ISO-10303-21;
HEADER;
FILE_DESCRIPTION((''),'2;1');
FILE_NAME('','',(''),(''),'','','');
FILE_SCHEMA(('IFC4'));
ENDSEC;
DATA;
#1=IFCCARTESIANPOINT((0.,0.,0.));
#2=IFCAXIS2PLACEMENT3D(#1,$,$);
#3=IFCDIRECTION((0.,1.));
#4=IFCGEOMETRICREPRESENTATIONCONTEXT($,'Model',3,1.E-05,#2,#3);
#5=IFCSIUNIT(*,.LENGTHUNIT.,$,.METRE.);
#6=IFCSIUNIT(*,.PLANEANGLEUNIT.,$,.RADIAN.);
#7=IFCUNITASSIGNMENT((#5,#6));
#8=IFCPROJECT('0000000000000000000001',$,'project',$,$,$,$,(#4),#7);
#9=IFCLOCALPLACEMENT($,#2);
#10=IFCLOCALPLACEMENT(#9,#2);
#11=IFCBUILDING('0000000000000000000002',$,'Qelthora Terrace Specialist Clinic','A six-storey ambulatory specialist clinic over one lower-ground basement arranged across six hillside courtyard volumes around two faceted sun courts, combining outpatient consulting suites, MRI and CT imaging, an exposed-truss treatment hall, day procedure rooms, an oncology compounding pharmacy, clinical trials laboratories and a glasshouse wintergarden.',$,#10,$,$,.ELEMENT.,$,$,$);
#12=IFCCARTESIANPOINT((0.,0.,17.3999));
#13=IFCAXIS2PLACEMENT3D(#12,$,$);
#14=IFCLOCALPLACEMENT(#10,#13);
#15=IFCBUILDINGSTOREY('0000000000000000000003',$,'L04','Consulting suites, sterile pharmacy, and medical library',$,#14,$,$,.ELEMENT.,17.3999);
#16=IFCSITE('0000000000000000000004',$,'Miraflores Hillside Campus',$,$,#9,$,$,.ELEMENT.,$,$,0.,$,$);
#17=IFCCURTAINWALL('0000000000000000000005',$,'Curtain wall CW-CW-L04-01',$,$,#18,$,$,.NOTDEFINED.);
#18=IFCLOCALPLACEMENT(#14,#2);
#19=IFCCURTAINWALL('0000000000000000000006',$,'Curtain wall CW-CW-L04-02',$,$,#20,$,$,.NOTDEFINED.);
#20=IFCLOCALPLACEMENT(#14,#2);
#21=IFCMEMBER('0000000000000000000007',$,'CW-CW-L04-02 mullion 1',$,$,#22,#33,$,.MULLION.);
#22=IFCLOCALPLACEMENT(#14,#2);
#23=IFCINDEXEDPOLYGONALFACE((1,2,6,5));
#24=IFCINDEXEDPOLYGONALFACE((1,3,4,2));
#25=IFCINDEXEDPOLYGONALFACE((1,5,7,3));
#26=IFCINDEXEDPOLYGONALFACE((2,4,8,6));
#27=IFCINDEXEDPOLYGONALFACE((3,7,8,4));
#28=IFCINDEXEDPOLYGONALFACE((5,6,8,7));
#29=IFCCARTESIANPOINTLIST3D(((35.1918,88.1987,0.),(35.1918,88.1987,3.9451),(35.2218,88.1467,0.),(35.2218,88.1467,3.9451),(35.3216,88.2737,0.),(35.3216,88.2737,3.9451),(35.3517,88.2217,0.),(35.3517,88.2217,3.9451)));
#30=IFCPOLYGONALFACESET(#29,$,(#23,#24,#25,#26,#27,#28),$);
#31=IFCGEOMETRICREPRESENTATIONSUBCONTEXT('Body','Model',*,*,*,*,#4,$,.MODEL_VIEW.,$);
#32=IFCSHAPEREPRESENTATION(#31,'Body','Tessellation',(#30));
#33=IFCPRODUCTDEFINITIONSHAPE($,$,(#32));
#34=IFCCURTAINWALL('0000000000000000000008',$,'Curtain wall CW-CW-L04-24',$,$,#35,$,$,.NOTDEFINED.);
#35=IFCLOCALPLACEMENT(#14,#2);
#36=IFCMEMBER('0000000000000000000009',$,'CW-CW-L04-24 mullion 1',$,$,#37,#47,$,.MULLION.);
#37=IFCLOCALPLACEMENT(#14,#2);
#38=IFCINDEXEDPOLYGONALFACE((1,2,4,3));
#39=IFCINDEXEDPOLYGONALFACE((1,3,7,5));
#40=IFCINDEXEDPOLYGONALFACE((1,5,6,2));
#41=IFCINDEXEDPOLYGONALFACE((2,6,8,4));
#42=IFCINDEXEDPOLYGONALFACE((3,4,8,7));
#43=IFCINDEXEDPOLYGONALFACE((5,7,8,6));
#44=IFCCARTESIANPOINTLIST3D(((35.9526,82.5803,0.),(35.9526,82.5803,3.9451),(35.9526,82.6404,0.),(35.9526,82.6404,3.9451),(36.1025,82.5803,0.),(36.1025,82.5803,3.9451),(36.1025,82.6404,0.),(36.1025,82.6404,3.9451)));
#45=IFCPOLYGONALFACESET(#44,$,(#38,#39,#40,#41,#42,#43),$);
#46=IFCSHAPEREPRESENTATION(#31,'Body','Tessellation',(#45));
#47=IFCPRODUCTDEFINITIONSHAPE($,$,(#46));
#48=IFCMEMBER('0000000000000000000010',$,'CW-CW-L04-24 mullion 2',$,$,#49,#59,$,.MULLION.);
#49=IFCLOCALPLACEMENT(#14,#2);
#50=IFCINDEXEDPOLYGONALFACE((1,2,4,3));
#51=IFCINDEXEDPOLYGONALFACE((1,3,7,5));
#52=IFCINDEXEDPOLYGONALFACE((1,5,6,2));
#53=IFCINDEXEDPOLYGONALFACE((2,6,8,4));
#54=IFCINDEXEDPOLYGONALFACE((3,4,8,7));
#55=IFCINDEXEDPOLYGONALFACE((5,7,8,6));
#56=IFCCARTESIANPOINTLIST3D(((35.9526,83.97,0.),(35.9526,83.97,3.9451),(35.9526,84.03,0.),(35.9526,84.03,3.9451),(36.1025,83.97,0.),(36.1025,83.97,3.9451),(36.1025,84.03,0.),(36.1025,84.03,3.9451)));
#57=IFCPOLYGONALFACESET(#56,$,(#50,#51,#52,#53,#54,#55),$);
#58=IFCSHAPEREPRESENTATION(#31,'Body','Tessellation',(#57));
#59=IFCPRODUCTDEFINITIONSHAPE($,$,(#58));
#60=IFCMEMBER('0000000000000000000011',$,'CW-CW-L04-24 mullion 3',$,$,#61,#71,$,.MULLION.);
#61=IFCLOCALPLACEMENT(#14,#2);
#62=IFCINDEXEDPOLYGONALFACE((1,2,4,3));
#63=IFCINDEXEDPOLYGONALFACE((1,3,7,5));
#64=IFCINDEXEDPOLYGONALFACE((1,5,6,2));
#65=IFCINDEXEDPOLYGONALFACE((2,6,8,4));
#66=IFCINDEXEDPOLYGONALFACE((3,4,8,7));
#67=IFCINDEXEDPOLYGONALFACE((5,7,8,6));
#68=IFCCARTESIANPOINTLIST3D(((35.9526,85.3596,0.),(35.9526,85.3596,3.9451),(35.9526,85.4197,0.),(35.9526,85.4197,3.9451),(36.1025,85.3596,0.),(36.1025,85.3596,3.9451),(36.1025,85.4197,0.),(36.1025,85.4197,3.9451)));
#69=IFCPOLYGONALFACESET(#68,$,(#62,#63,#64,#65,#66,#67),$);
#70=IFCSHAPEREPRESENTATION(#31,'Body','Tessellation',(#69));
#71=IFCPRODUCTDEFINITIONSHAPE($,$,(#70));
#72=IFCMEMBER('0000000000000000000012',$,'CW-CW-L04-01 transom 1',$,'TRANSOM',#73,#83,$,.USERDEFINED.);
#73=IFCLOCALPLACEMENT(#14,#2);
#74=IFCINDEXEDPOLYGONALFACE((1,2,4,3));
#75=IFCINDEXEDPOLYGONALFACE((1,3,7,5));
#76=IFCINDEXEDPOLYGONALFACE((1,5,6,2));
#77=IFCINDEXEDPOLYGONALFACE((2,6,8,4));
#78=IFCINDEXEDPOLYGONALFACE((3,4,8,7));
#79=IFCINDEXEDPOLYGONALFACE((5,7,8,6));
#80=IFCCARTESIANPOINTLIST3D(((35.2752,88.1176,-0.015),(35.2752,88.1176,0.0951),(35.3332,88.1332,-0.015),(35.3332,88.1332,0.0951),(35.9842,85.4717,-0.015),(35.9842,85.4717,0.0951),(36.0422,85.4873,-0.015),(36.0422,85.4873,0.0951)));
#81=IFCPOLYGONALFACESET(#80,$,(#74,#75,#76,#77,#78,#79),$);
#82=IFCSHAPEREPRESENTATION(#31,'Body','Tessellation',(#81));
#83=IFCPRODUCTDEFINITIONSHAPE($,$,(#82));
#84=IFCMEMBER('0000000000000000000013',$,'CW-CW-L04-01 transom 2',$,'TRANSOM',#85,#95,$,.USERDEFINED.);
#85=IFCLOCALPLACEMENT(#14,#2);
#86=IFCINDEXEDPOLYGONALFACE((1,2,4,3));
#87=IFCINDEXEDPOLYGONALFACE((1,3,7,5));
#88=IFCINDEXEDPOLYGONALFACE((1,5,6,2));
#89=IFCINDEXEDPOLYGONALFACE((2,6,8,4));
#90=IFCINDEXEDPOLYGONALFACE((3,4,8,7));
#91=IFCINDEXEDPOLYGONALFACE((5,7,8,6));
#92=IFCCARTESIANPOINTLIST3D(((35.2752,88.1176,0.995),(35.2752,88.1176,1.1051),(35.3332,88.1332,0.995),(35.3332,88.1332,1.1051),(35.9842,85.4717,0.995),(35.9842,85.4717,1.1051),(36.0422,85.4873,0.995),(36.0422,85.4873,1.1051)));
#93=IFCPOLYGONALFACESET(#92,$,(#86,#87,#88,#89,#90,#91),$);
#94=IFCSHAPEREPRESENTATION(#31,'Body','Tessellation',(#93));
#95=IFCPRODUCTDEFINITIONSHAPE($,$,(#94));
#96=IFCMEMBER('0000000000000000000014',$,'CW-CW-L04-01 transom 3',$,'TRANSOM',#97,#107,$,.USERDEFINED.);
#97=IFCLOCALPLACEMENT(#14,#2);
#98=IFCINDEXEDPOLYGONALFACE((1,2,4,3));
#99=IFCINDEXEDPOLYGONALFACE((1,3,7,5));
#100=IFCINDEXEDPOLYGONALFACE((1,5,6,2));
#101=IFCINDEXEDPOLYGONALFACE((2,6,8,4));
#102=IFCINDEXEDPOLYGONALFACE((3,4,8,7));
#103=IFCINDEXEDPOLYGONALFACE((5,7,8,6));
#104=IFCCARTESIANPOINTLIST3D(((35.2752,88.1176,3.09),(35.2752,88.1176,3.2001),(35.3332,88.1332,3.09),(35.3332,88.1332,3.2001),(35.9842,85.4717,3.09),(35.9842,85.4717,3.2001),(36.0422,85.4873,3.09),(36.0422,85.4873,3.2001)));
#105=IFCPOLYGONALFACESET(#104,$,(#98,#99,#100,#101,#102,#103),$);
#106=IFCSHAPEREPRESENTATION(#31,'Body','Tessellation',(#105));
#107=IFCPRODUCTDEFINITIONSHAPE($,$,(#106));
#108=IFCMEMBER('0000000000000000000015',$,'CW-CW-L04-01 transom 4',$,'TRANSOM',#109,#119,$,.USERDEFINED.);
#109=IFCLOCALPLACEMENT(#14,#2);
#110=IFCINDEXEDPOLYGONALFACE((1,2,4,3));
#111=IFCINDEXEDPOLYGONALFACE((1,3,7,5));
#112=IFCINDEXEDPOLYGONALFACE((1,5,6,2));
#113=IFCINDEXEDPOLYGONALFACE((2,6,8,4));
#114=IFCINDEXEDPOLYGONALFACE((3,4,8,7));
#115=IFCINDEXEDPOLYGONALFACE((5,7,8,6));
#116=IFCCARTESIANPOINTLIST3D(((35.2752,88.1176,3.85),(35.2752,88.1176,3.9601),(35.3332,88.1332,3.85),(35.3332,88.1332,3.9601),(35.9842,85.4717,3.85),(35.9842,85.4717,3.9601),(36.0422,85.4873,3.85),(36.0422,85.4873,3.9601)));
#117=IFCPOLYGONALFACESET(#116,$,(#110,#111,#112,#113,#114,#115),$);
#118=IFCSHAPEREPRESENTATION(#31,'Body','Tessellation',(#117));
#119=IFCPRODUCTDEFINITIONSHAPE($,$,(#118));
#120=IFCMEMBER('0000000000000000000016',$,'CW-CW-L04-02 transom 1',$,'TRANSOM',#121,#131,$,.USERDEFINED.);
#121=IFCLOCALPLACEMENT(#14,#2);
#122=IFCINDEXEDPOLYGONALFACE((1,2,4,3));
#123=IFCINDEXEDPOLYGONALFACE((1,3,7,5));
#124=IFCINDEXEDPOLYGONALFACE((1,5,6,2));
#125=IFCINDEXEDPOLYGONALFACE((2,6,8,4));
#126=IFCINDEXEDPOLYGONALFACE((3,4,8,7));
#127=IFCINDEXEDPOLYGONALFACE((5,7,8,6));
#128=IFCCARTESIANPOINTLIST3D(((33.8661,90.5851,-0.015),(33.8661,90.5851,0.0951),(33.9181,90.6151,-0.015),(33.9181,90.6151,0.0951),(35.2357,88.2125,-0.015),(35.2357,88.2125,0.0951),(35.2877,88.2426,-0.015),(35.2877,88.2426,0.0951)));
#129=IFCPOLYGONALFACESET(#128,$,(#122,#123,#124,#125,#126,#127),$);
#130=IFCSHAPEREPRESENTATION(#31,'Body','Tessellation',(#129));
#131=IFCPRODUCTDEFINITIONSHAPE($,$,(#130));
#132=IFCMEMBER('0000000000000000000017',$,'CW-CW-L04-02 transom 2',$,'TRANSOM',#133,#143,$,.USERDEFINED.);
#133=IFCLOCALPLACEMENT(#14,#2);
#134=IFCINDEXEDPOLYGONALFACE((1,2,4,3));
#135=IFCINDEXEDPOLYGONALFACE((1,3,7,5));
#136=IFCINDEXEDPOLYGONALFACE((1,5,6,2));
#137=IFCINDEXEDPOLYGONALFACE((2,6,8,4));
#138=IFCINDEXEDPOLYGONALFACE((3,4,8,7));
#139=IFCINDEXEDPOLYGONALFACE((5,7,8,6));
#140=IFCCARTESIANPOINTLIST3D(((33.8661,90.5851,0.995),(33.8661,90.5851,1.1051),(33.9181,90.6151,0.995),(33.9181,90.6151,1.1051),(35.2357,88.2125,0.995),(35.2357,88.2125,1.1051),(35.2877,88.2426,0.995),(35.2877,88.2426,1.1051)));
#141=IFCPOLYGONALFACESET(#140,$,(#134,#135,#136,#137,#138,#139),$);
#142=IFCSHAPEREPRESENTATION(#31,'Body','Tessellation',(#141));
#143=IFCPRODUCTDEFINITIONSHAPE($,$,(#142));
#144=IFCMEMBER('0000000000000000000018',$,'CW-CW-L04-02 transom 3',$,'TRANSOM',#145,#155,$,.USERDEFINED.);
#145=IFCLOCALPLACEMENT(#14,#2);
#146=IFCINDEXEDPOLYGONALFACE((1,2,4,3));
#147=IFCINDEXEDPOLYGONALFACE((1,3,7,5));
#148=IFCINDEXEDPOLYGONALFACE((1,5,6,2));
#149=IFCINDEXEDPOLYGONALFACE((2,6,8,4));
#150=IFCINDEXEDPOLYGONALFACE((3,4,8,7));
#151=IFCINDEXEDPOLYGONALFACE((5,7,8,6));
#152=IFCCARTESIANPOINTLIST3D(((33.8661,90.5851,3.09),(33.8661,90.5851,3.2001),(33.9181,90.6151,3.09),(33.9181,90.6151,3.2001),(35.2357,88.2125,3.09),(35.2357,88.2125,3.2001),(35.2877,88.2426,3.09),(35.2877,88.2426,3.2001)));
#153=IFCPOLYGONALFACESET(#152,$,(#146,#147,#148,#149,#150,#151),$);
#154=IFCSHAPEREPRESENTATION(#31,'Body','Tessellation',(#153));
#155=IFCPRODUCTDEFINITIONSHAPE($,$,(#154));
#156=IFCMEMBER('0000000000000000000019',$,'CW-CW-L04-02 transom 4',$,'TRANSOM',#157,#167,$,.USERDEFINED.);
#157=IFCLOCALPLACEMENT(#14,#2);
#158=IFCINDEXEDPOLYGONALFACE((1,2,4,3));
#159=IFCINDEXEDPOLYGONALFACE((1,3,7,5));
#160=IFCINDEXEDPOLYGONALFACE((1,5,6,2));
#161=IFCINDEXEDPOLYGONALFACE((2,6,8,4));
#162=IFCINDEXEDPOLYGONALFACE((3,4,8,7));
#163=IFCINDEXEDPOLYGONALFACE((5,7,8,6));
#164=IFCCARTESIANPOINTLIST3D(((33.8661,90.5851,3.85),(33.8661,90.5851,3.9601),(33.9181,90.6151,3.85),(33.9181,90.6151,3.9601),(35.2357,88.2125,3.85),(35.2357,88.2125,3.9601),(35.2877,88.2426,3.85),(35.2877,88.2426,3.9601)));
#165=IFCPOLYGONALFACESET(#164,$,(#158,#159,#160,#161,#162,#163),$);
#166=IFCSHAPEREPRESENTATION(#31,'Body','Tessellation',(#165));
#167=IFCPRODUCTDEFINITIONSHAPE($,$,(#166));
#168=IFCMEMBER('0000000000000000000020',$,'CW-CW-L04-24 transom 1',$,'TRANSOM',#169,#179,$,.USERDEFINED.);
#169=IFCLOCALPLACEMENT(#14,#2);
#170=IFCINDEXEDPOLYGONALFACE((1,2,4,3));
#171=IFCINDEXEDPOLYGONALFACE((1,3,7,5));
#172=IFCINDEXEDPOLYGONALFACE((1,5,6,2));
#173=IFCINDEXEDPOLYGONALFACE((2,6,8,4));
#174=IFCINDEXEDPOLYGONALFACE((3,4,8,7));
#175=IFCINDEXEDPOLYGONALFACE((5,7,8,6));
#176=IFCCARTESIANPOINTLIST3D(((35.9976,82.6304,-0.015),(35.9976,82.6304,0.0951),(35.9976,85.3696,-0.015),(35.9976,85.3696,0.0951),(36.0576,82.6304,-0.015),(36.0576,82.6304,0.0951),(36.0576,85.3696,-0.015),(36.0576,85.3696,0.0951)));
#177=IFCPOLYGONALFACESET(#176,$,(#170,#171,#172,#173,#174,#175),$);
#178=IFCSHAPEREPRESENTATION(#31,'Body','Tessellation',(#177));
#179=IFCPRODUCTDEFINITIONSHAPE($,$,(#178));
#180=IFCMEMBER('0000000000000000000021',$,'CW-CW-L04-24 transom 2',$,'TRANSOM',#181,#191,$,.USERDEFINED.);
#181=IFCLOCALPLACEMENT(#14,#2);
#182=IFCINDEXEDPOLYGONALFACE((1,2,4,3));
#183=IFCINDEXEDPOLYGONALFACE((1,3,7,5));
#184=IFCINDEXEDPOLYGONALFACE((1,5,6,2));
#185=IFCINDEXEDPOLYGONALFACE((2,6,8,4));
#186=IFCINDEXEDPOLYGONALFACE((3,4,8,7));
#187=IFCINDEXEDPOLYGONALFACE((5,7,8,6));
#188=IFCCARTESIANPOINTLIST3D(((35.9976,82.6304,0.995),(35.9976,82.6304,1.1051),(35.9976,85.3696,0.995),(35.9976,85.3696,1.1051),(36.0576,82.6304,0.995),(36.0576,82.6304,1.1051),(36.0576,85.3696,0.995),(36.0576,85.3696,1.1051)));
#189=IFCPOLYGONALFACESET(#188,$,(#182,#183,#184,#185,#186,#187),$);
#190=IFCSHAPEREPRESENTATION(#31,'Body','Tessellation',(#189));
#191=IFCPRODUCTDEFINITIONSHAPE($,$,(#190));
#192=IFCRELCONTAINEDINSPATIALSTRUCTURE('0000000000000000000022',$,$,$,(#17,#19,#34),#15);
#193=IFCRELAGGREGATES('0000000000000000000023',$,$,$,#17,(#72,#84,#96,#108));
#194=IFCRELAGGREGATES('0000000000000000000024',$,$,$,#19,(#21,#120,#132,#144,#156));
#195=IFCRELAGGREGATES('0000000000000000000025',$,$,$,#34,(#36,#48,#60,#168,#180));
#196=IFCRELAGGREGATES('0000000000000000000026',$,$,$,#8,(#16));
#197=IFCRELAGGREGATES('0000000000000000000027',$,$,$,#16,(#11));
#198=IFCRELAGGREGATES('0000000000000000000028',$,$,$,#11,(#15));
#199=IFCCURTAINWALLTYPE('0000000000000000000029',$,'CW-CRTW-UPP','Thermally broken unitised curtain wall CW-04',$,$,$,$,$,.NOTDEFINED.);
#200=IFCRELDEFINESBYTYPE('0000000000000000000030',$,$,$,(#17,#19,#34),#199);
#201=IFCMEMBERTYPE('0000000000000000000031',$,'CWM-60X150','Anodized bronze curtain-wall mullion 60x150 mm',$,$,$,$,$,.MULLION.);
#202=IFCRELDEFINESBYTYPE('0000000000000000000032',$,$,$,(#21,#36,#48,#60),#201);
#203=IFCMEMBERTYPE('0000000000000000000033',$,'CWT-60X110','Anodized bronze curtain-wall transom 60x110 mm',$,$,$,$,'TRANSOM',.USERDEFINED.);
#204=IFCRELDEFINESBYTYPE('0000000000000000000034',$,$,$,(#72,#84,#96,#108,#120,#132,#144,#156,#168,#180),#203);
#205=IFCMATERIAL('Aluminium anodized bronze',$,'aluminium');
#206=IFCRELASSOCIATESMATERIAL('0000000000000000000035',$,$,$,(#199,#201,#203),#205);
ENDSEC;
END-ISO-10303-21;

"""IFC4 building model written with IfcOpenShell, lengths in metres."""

from ifc_helpers import new_model, si_unit, direction, frame, origin, origin_2d, place, context, subcontext, project, spatial, rectangle, extrude, material, material_profile, profile_set, type_object, element, aggregate, save


model = new_model("IFC4")

# Units and contexts
model_context = context("Model", 3, precision=1e-05, world=origin(), true_north=direction((0.0, 1.0)))
body_context = subcontext(model_context, "Body", "Model", "MODEL_VIEW")
ifc_project = project(units=[si_unit("LENGTHUNIT", "METRE"), si_unit("PLANEANGLEUNIT", "RADIAN")], contexts=[model_context])

# Site, building, storey
site_placement = place(None, origin())
site = spatial("IfcSite", under=ifc_project, at=site_placement, Name="Miraflores Hillside Campus", CompositionType="ELEMENT", RefElevation=0.0)
building_placement = place(site_placement, origin())
building = spatial("IfcBuilding", under=site, at=building_placement, Name="Qelthora Terrace Specialist Clinic", Description="A six-storey ambulatory specialist clinic over one lower-ground basement arranged across six hillside courtyard volumes around two faceted sun courts, combining outpatient consulting suites, MRI and CT imaging, an exposed-truss treatment hall, day procedure rooms, an oncology compounding pharmacy, clinical trials laboratories and a glasshouse wintergarden.", CompositionType="ELEMENT")
storey_placement = place(building_placement, frame((0.0, 0.0, 17.3999)))
storey = spatial("IfcBuildingStorey", under=building, at=storey_placement, Name="L04", Description="Consulting suites, sterile pharmacy, and medical library", CompositionType="ELEMENT", Elevation=17.3999)

# Curtain wall
ifc_material_1 = material(Name="Aluminium anodized bronze", Category="aluminium")
curtain_wall_type = type_object("IfcCurtainWallType", Name="CW-CRTW-UPP", Description="Thermally broken unitised curtain wall CW-04", PredefinedType="NOTDEFINED", material=ifc_material_1)
curtain_wall_1_placement = place(storey_placement, origin())
curtain_wall_1 = element("IfcCurtainWall", 1, at=curtain_wall_1_placement, inside=storey, type_object=curtain_wall_type, Name="Curtain wall CW-CW-L04-01", PredefinedType="NOTDEFINED")
ifc_material_profile_1 = material_profile(ifc_material_1, rectangle(XDim=0.0601, YDim=0.1499, at=origin_2d()), Name="CWM60X150")
ifc_profile_set_1 = profile_set([ifc_material_profile_1], Name="Aluminium anodized bronze")
member_type_1 = type_object("IfcMemberType", Name="CWM-60X150", Description="Anodized bronze curtain-wall mullion 60x150 mm", PredefinedType="MULLION", material=ifc_profile_set_1)

# Curtain wall, member
curtain_wall_2_placement = place(storey_placement, origin())
curtain_wall_2 = element("IfcCurtainWall", 2, at=curtain_wall_2_placement, inside=storey, type_object=curtain_wall_type, Name="Curtain wall CW-CW-L04-02", PredefinedType="NOTDEFINED")
member_1_placement = place(storey_placement, frame((35.2717, 88.2102, 0.0), z_axis=(0.0, 0.0, 1.0), x_axis=(-0.5, 0.866026, 0.0)))
member_1 = element("IfcMember", 3, at=member_1_placement, type_object=member_type_1, Name="CW-CW-L04-02 mullion 1", PredefinedType="MULLION", context=body_context, shape_type="SweptSolid", body=[
    extrude(rectangle(XDim=0.0601, YDim=0.1499, at=origin_2d()), origin(), (0.0, 0.0, 1.0), 3.9451),
])

# Curtain wall, members
curtain_wall_3_placement = place(storey_placement, origin())
curtain_wall_3 = element("IfcCurtainWall", 4, at=curtain_wall_3_placement, inside=storey, type_object=curtain_wall_type, Name="Curtain wall CW-CW-L04-24", PredefinedType="NOTDEFINED")
member_2_placement = place(storey_placement, frame((36.0276, 82.6104, 0.0), z_axis=(0.0, 0.0, 1.0), x_axis=(0.0, 1.0, 0.0)))
member_2 = element("IfcMember", 5, at=member_2_placement, type_object=member_type_1, Name="CW-CW-L04-24 mullion 1", PredefinedType="MULLION", context=body_context, shape_type="SweptSolid", body=[
    extrude(rectangle(XDim=0.0601, YDim=0.1499, at=origin_2d()), origin(), (0.0, 0.0, 1.0), 3.9451),
])
member_3_placement = place(storey_placement, frame((36.0276, 84.0, 0.0), z_axis=(0.0, 0.0, 1.0), x_axis=(0.0, 1.0, 0.0)))
member_3 = element("IfcMember", 6, at=member_3_placement, type_object=member_type_1, Name="CW-CW-L04-24 mullion 2", PredefinedType="MULLION", context=body_context, shape_type="SweptSolid", body=[
    extrude(rectangle(XDim=0.0601, YDim=0.1499, at=origin_2d()), origin(), (0.0, 0.0, 1.0), 3.9451),
])
member_4_placement = place(storey_placement, frame((36.0276, 85.3896, 0.0), z_axis=(0.0, 0.0, 1.0), x_axis=(0.0, 1.0, 0.0)))
member_4 = element("IfcMember", 7, at=member_4_placement, type_object=member_type_1, Name="CW-CW-L04-24 mullion 3", PredefinedType="MULLION", context=body_context, shape_type="SweptSolid", body=[
    extrude(rectangle(XDim=0.0601, YDim=0.1499, at=origin_2d()), origin(), (0.0, 0.0, 1.0), 3.9451),
])

# Members
ifc_material_profile_2 = material_profile(ifc_material_1, rectangle(XDim=0.0601, YDim=0.1101, at=origin_2d()), Name="CWT60X110")
ifc_profile_set_2 = profile_set([ifc_material_profile_2], Name="Aluminium anodized bronze")
member_type_2 = type_object("IfcMemberType", Name="CWT-60X110", Description="Anodized bronze curtain-wall transom 60x110 mm", ElementType="TRANSOM", PredefinedType="USERDEFINED", material=ifc_profile_set_2)
member_5_placement = place(storey_placement, frame((36.0132, 85.4795, 0.04), z_axis=(-0.258816, 0.965927, 0.0), x_axis=(-0.965927, -0.258816, 0.0)))
member_5 = element("IfcMember", 8, at=member_5_placement, type_object=member_type_2, Name="CW-CW-L04-01 transom 1", ObjectType="TRANSOM", PredefinedType="USERDEFINED", context=body_context, shape_type="SweptSolid", body=[
    extrude(rectangle(XDim=0.0601, YDim=0.1101, at=origin_2d()), origin(), (0.0, 0.0, 1.0), 2.7393),
])
member_6_placement = place(storey_placement, frame((36.0132, 85.4795, 1.05), z_axis=(-0.258816, 0.965927, 0.0), x_axis=(-0.965927, -0.258816, 0.0)))
member_6 = element("IfcMember", 9, at=member_6_placement, type_object=member_type_2, Name="CW-CW-L04-01 transom 2", ObjectType="TRANSOM", PredefinedType="USERDEFINED", context=body_context, shape_type="SweptSolid", body=[
    extrude(rectangle(XDim=0.0601, YDim=0.1101, at=origin_2d()), origin(), (0.0, 0.0, 1.0), 2.7393),
])
member_7_placement = place(storey_placement, frame((36.0132, 85.4795, 3.145), z_axis=(-0.258816, 0.965927, 0.0), x_axis=(-0.965927, -0.258816, 0.0)))
member_7 = element("IfcMember", 10, at=member_7_placement, type_object=member_type_2, Name="CW-CW-L04-01 transom 3", ObjectType="TRANSOM", PredefinedType="USERDEFINED", context=body_context, shape_type="SweptSolid", body=[
    extrude(rectangle(XDim=0.0601, YDim=0.1101, at=origin_2d()), origin(), (0.0, 0.0, 1.0), 2.7393),
])
member_8_placement = place(storey_placement, frame((36.0132, 85.4795, 3.905), z_axis=(-0.258816, 0.965927, 0.0), x_axis=(-0.965927, -0.258816, 0.0)))
member_8 = element("IfcMember", 11, at=member_8_placement, type_object=member_type_2, Name="CW-CW-L04-01 transom 4", ObjectType="TRANSOM", PredefinedType="USERDEFINED", context=body_context, shape_type="SweptSolid", body=[
    extrude(rectangle(XDim=0.0601, YDim=0.1101, at=origin_2d()), origin(), (0.0, 0.0, 1.0), 2.7393),
])
member_9_placement = place(storey_placement, frame((35.2617, 88.2275, 0.04), z_axis=(-0.499954, 0.866052, 0.0), x_axis=(-0.866052, -0.499954, 0.0)))
member_9 = element("IfcMember", 12, at=member_9_placement, type_object=member_type_2, Name="CW-CW-L04-02 transom 1", ObjectType="TRANSOM", PredefinedType="USERDEFINED", context=body_context, shape_type="SweptSolid", body=[
    extrude(rectangle(XDim=0.0601, YDim=0.1101, at=origin_2d()), origin(), (0.0, 0.0, 1.0), 2.7395),
])
member_10_placement = place(storey_placement, frame((35.2617, 88.2275, 1.05), z_axis=(-0.499954, 0.866052, 0.0), x_axis=(-0.866052, -0.499954, 0.0)))
member_10 = element("IfcMember", 13, at=member_10_placement, type_object=member_type_2, Name="CW-CW-L04-02 transom 2", ObjectType="TRANSOM", PredefinedType="USERDEFINED", context=body_context, shape_type="SweptSolid", body=[
    extrude(rectangle(XDim=0.0601, YDim=0.1101, at=origin_2d()), origin(), (0.0, 0.0, 1.0), 2.7395),
])
member_11_placement = place(storey_placement, frame((35.2617, 88.2275, 3.145), z_axis=(-0.499954, 0.866052, 0.0), x_axis=(-0.866052, -0.499954, 0.0)))
member_11 = element("IfcMember", 14, at=member_11_placement, type_object=member_type_2, Name="CW-CW-L04-02 transom 3", ObjectType="TRANSOM", PredefinedType="USERDEFINED", context=body_context, shape_type="SweptSolid", body=[
    extrude(rectangle(XDim=0.0601, YDim=0.1101, at=origin_2d()), origin(), (0.0, 0.0, 1.0), 2.7395),
])
member_12_placement = place(storey_placement, frame((35.2617, 88.2275, 3.905), z_axis=(-0.499954, 0.866052, 0.0), x_axis=(-0.866052, -0.499954, 0.0)))
member_12 = element("IfcMember", 15, at=member_12_placement, type_object=member_type_2, Name="CW-CW-L04-02 transom 4", ObjectType="TRANSOM", PredefinedType="USERDEFINED", context=body_context, shape_type="SweptSolid", body=[
    extrude(rectangle(XDim=0.0601, YDim=0.1101, at=origin_2d()), origin(), (0.0, 0.0, 1.0), 2.7395),
])
member_13_placement = place(storey_placement, frame((36.0276, 82.6304, 0.04), z_axis=(0.0, 1.0, 0.0), x_axis=(-1.0, 0.0, 0.0)))
member_13 = element("IfcMember", 16, at=member_13_placement, type_object=member_type_2, Name="CW-CW-L04-24 transom 1", ObjectType="TRANSOM", PredefinedType="USERDEFINED", context=body_context, shape_type="SweptSolid", body=[
    extrude(rectangle(XDim=0.0601, YDim=0.1101, at=origin_2d()), origin(), (0.0, 0.0, 1.0), 2.7393),
])
member_14_placement = place(storey_placement, frame((36.0276, 82.6304, 1.05), z_axis=(0.0, 1.0, 0.0), x_axis=(-1.0, 0.0, 0.0)))
member_14 = element("IfcMember", 17, at=member_14_placement, type_object=member_type_2, Name="CW-CW-L04-24 transom 2", ObjectType="TRANSOM", PredefinedType="USERDEFINED", context=body_context, shape_type="SweptSolid", body=[
    extrude(rectangle(XDim=0.0601, YDim=0.1101, at=origin_2d()), origin(), (0.0, 0.0, 1.0), 2.7393),
])

aggregate(curtain_wall_1, [member_5, member_6, member_7, member_8])
aggregate(curtain_wall_2, [member_1, member_9, member_10, member_11, member_12])
aggregate(curtain_wall_3, [member_2, member_3, member_4, member_13, member_14])

save(model, "model.ifc")
